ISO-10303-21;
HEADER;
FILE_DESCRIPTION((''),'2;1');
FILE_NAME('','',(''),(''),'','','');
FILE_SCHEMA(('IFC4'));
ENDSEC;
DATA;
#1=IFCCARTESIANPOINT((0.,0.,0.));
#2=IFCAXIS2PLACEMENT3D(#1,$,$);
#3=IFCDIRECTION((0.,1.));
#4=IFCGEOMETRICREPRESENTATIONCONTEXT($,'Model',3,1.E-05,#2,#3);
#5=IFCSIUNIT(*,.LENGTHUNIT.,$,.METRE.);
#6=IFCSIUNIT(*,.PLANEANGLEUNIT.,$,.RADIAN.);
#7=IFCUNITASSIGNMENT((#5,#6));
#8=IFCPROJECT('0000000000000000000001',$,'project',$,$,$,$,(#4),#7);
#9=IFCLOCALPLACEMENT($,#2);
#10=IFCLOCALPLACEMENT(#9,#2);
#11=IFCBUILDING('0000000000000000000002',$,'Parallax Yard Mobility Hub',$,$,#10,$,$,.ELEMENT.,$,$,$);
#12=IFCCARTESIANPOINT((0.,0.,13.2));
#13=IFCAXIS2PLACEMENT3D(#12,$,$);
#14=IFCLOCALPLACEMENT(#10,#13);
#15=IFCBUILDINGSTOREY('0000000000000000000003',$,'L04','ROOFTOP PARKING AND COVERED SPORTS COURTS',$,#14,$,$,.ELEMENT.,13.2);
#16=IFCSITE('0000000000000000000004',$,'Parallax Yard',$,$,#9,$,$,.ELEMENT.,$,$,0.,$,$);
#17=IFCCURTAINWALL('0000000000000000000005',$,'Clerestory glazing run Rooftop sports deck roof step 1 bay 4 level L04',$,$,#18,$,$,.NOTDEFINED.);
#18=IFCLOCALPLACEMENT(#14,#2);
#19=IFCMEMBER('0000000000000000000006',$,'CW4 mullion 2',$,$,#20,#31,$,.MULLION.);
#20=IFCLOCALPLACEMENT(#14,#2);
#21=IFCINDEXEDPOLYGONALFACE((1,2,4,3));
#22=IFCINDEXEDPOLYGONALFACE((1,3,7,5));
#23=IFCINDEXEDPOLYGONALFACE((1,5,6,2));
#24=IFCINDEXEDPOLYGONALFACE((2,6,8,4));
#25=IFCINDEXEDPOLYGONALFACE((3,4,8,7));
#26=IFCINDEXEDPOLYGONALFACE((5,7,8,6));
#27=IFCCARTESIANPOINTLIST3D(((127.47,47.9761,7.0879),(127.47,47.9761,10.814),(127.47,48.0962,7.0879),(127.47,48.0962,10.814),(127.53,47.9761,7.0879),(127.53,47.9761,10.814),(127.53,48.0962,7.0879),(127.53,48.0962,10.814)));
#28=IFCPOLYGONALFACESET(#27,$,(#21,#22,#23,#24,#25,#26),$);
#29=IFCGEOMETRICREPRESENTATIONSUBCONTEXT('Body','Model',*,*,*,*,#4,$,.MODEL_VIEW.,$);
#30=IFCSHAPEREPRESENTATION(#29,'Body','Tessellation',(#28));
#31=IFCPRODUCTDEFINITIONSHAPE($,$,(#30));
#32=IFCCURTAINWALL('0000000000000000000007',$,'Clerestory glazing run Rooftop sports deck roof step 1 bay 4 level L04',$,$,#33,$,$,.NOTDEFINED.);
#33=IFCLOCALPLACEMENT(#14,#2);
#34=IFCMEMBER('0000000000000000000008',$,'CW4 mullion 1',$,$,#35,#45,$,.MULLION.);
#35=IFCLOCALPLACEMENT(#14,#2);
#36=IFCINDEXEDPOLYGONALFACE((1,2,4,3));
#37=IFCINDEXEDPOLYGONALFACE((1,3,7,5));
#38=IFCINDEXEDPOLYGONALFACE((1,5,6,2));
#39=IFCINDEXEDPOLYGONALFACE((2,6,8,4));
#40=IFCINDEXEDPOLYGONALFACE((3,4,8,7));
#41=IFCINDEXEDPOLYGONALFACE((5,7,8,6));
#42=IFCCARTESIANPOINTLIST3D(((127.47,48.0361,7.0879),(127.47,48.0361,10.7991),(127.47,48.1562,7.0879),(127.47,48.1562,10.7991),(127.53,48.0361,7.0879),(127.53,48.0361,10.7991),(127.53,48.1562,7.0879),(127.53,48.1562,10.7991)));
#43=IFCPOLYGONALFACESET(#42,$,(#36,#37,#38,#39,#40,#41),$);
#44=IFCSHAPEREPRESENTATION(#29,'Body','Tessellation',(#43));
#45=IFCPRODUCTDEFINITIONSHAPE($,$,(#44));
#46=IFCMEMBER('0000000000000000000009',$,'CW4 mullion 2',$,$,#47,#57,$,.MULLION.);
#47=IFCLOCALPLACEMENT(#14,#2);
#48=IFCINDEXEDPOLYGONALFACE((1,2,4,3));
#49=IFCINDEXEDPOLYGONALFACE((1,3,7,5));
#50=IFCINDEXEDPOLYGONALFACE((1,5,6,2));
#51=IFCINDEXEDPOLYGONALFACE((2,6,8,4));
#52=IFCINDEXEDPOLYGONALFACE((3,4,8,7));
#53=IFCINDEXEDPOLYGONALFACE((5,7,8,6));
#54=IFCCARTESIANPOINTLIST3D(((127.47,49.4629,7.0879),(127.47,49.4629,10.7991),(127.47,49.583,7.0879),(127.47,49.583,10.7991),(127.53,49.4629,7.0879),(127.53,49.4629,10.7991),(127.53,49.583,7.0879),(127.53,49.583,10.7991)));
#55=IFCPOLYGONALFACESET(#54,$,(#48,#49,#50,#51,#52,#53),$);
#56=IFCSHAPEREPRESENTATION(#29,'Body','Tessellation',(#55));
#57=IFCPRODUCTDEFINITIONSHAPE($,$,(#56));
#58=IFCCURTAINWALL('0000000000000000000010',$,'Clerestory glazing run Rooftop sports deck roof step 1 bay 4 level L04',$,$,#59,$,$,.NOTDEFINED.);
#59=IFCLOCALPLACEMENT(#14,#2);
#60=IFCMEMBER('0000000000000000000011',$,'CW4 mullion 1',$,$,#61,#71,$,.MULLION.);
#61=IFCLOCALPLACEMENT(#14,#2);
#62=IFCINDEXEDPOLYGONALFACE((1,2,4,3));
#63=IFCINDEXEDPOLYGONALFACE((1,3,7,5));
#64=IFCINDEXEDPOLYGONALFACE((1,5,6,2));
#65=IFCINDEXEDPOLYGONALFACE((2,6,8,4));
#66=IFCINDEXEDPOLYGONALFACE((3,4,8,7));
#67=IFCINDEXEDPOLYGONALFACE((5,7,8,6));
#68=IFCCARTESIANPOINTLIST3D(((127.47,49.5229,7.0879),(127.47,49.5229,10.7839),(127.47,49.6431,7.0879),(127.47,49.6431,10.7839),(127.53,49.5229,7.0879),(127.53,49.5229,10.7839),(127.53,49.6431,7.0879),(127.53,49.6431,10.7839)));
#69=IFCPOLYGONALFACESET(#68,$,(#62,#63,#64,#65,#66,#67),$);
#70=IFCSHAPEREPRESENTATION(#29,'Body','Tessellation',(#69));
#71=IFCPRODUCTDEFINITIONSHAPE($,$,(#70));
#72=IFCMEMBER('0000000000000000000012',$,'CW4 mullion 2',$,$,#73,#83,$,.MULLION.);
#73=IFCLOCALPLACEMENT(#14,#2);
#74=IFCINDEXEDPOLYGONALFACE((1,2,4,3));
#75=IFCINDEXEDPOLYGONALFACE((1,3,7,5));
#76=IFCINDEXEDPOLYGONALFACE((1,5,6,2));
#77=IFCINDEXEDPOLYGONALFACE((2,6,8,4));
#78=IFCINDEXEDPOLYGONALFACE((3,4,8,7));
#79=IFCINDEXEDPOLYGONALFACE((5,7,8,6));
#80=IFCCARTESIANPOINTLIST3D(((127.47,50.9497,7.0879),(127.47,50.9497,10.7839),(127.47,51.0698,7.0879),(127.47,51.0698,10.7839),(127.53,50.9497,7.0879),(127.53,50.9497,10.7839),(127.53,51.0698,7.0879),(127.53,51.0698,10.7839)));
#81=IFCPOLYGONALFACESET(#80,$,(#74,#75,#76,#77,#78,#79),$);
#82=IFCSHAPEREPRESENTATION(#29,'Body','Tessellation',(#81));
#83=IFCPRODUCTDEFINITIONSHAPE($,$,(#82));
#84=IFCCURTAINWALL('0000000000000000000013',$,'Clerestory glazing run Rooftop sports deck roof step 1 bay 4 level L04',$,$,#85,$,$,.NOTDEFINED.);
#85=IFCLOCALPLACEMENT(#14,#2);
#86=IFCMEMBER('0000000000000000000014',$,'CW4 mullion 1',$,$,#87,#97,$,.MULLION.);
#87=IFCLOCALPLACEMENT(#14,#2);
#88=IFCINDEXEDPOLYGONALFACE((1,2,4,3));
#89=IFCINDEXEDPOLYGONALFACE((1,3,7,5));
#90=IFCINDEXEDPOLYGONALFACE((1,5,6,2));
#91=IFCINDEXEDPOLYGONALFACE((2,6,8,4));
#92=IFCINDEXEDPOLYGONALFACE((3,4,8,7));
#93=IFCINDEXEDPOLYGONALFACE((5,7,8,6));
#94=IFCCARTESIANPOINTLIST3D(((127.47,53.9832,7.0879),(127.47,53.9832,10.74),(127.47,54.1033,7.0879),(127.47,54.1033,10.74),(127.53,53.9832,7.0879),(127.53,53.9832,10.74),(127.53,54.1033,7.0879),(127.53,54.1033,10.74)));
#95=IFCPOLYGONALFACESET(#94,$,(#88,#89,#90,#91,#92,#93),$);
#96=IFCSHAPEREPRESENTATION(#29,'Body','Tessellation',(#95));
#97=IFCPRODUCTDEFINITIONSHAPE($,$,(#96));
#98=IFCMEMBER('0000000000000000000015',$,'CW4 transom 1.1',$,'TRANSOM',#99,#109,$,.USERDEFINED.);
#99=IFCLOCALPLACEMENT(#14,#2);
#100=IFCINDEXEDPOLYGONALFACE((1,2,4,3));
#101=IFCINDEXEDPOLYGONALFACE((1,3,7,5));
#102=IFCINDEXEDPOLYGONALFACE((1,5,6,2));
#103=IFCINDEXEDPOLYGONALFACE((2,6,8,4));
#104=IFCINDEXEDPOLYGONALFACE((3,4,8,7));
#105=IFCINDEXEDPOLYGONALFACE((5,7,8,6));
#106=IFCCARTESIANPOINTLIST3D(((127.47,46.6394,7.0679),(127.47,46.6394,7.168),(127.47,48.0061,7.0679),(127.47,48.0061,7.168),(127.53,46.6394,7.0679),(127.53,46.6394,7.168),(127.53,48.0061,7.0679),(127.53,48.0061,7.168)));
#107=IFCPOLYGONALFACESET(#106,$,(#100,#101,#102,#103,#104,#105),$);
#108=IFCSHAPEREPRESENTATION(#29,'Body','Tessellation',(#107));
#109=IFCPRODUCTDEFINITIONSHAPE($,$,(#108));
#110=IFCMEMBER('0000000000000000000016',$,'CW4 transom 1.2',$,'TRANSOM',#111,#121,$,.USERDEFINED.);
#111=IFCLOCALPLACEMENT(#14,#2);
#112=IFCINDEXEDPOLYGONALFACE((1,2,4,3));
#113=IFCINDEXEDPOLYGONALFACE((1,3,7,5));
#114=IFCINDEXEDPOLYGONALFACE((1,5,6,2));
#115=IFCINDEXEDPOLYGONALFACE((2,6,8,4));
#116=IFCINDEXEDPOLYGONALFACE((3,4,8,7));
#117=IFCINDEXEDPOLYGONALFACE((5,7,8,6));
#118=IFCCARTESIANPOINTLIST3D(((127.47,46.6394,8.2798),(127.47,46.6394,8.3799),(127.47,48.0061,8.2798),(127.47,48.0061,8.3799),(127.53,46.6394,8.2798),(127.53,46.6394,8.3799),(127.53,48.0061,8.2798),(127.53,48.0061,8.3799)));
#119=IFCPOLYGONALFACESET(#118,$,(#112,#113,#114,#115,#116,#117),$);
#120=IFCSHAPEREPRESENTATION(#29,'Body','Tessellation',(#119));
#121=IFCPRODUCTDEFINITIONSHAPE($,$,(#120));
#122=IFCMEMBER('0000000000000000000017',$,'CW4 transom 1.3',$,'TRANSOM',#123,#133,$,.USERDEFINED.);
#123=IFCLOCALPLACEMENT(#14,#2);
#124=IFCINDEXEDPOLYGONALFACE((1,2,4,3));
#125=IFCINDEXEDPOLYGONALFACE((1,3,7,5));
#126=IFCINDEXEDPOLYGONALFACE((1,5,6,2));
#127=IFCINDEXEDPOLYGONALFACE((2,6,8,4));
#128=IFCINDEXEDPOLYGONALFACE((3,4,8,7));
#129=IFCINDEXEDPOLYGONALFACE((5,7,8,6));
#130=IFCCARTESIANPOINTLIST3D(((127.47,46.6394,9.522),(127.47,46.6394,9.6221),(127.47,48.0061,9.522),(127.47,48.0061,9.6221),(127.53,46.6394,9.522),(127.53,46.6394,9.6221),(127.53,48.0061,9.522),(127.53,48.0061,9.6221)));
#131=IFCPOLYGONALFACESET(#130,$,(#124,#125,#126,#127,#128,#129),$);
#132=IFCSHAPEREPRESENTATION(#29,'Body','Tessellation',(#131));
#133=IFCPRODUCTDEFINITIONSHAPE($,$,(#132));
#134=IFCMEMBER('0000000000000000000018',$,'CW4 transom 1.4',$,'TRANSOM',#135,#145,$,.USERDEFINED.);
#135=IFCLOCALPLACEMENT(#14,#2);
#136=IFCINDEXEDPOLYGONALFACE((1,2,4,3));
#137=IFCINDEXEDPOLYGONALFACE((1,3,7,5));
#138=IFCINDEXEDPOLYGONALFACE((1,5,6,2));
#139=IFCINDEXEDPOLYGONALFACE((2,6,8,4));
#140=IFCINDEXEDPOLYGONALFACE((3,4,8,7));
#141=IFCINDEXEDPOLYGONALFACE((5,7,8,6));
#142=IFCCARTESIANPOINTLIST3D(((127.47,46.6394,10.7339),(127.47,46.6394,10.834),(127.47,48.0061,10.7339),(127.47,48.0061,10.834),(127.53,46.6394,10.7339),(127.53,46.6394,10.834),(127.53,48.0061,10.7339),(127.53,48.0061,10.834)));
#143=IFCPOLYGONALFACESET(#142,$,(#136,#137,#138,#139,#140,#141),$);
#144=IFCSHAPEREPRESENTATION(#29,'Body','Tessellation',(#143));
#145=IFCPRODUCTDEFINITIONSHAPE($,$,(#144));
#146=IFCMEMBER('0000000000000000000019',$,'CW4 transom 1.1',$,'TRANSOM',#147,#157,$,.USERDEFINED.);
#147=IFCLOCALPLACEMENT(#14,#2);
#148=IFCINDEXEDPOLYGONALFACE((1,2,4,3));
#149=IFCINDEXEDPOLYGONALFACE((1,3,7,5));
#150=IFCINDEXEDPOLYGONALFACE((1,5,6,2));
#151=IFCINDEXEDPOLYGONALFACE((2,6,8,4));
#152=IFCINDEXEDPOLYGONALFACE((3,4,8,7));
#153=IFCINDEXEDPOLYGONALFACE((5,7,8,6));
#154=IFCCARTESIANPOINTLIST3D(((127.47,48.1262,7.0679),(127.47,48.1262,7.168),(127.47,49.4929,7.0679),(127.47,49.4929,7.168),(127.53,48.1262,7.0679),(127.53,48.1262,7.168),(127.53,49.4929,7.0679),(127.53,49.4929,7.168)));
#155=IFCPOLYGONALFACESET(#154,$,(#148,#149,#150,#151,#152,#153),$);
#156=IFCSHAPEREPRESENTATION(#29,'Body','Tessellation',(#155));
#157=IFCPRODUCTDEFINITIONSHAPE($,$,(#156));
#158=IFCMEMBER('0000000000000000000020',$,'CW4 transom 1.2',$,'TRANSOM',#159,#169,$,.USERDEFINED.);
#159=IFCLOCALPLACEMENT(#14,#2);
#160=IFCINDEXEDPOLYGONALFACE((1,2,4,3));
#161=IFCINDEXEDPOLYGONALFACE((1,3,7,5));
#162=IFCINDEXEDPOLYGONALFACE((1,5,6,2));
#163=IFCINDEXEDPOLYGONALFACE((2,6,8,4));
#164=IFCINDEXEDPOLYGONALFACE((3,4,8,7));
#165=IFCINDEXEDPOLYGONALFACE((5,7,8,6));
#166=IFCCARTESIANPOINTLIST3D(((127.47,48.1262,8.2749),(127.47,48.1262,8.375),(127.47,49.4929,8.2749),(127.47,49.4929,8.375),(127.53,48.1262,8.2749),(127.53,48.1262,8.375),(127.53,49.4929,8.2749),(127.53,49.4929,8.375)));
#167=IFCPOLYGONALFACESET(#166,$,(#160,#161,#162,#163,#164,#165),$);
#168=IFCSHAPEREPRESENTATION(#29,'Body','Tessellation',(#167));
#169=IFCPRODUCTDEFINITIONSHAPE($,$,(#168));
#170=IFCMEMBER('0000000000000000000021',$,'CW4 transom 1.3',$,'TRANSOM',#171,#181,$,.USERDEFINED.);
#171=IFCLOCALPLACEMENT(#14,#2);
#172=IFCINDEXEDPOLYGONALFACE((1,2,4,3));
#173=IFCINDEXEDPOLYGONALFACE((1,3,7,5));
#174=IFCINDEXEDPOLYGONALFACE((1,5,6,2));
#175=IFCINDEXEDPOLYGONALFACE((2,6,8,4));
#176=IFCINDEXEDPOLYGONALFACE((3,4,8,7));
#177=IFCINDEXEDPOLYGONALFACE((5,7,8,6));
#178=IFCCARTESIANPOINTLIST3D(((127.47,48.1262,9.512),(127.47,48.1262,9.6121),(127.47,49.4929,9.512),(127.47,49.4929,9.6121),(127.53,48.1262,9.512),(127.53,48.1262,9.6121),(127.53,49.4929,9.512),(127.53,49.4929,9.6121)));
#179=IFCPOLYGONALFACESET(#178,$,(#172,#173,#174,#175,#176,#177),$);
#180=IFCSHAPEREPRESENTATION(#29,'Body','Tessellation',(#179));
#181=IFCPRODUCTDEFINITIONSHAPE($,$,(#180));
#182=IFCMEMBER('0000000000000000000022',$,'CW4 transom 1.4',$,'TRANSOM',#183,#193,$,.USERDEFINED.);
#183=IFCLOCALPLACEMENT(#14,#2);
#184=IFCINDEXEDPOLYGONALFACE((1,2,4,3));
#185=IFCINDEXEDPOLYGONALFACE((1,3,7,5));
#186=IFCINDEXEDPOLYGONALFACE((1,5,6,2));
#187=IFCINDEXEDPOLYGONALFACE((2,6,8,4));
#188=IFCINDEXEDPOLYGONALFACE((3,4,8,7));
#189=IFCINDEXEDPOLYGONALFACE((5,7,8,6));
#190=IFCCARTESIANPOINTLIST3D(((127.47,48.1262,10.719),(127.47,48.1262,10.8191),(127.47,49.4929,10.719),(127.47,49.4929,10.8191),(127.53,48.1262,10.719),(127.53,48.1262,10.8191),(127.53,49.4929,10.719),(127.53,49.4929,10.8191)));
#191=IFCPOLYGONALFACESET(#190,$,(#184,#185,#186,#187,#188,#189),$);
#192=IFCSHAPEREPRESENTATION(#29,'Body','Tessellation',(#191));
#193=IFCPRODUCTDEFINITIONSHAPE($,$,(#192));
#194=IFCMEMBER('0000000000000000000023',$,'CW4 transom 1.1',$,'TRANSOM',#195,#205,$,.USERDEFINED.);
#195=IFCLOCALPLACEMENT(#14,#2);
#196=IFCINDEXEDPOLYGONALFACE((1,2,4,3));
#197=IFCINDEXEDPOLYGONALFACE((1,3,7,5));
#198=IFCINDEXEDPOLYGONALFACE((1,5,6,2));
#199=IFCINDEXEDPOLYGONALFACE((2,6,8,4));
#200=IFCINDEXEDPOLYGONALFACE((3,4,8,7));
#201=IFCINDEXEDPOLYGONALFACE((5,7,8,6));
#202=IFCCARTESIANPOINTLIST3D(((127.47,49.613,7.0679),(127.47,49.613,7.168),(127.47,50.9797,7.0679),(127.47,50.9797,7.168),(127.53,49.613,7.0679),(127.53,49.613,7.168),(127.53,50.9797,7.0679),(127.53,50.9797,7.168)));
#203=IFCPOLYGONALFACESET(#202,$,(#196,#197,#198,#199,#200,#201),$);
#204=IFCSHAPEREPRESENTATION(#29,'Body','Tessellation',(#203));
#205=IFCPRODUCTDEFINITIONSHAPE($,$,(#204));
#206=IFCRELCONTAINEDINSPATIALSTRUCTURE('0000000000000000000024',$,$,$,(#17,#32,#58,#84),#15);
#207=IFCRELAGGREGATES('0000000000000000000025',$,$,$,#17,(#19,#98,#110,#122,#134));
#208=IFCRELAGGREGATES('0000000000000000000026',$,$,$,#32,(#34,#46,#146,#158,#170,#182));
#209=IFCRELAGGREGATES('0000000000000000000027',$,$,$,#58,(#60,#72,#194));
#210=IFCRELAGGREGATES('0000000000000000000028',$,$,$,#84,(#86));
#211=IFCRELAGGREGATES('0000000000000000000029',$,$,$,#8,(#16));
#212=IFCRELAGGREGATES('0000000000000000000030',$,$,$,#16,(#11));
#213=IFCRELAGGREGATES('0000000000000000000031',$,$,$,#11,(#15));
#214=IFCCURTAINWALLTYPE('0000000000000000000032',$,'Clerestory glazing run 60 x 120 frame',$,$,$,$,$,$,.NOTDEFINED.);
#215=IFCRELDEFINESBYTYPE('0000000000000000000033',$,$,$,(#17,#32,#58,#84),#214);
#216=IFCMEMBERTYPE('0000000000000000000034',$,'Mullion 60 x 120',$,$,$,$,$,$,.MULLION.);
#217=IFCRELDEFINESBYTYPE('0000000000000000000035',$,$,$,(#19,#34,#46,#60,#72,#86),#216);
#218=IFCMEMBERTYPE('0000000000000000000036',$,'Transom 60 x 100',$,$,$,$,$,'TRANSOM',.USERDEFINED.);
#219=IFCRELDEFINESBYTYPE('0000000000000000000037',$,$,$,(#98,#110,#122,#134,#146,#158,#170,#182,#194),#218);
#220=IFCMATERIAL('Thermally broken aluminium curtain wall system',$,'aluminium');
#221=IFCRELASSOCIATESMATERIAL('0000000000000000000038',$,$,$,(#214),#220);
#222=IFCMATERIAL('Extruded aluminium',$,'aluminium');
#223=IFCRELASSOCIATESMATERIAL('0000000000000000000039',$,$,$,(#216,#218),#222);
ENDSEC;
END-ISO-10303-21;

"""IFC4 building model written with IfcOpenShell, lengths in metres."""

from ifc_helpers import new_model, si_unit, direction, frame, origin, origin_2d, place, context, subcontext, project, spatial, rectangle, extrude, material, material_profile, profile_set, type_object, element, aggregate, save


model = new_model("IFC4")

# Units and contexts
model_context = context("Model", 3, precision=1e-05, world=origin(), true_north=direction((0.0, 1.0)))
body_context = subcontext(model_context, "Body", "Model", "MODEL_VIEW")
ifc_project = project(units=[si_unit("LENGTHUNIT", "METRE"), si_unit("PLANEANGLEUNIT", "RADIAN")], contexts=[model_context])

# Site, building, storey
site_placement = place(None, origin())
site = spatial("IfcSite", under=ifc_project, at=site_placement, Name="Parallax Yard", CompositionType="ELEMENT", RefElevation=0.0)
building_placement = place(site_placement, origin())
building = spatial("IfcBuilding", under=site, at=building_placement, Name="Parallax Yard Mobility Hub", CompositionType="ELEMENT")
storey_placement = place(building_placement, frame((0.0, 0.0, 13.2)))
storey = spatial("IfcBuildingStorey", under=building, at=storey_placement, Name="L04", Description="ROOFTOP PARKING AND COVERED SPORTS COURTS", CompositionType="ELEMENT", Elevation=13.2)

# Curtain wall, member
ifc_material_1 = material(Name="Thermally broken aluminium curtain wall system", Category="aluminium")
curtain_wall_type = type_object("IfcCurtainWallType", Name="Clerestory glazing run 60 x 120 frame", PredefinedType="NOTDEFINED", material=ifc_material_1)
curtain_wall_1_placement = place(storey_placement, origin())
curtain_wall_1 = element("IfcCurtainWall", 1, at=curtain_wall_1_placement, inside=storey, type_object=curtain_wall_type, Name="Clerestory glazing run Rooftop sports deck roof step 1 bay 4 level L04", PredefinedType="NOTDEFINED")
ifc_material_2 = material(Name="Extruded aluminium", Category="aluminium")
ifc_material_profile_1 = material_profile(ifc_material_2, rectangle(XDim=0.0601, YDim=0.1201, at=origin_2d()), Name="Mullion 60 x 120")
ifc_profile_set_1 = profile_set([ifc_material_profile_1], Name="Extruded aluminium")
member_type_1 = type_object("IfcMemberType", Name="Mullion 60 x 120", PredefinedType="MULLION", material=ifc_profile_set_1)
member_1_placement = place(storey_placement, frame((127.5, 48.0361, 7.0879), z_axis=(0.0, 0.0, 1.0), x_axis=(-1.0, 0.0, 0.0)))
member_1 = element("IfcMember", 2, at=member_1_placement, type_object=member_type_1, Name="CW4 mullion 2", PredefinedType="MULLION", context=body_context, shape_type="SweptSolid", body=[
    extrude(rectangle(XDim=0.0601, YDim=0.1201, at=origin_2d()), origin(), (0.0, 0.0, 1.0), 3.7261),
])

# Curtain walls, members
curtain_wall_2_placement = place(storey_placement, origin())
curtain_wall_2 = element("IfcCurtainWall", 3, at=curtain_wall_2_placement, inside=storey, type_object=curtain_wall_type, Name="Clerestory glazing run Rooftop sports deck roof step 1 bay 4 level L04", PredefinedType="NOTDEFINED")
member_2_placement = place(storey_placement, frame((127.5, 48.0962, 7.0879), z_axis=(0.0, 0.0, 1.0), x_axis=(-1.0, 0.0, 0.0)))
member_2 = element("IfcMember", 4, at=member_2_placement, type_object=member_type_1, Name="CW4 mullion 1", PredefinedType="MULLION", context=body_context, shape_type="SweptSolid", body=[
    extrude(rectangle(XDim=0.0601, YDim=0.1201, at=origin_2d()), origin(), (0.0, 0.0, 1.0), 3.7112),
])
member_3_placement = place(storey_placement, frame((127.5, 49.5229, 7.0879), z_axis=(0.0, 0.0, 1.0), x_axis=(-1.0, 0.0, 0.0)))
member_3 = element("IfcMember", 5, at=member_3_placement, type_object=member_type_1, Name="CW4 mullion 2", PredefinedType="MULLION", context=body_context, shape_type="SweptSolid", body=[
    extrude(rectangle(XDim=0.0601, YDim=0.1201, at=origin_2d()), origin(), (0.0, 0.0, 1.0), 3.7112),
])
curtain_wall_3_placement = place(storey_placement, origin())
curtain_wall_3 = element("IfcCurtainWall", 6, at=curtain_wall_3_placement, inside=storey, type_object=curtain_wall_type, Name="Clerestory glazing run Rooftop sports deck roof step 1 bay 4 level L04", PredefinedType="NOTDEFINED")
member_4_placement = place(storey_placement, frame((127.5, 49.583, 7.0879), z_axis=(0.0, 0.0, 1.0), x_axis=(-1.0, 0.0, 0.0)))
member_4 = element("IfcMember", 7, at=member_4_placement, type_object=member_type_1, Name="CW4 mullion 1", PredefinedType="MULLION", context=body_context, shape_type="SweptSolid", body=[
    extrude(rectangle(XDim=0.0601, YDim=0.1201, at=origin_2d()), origin(), (0.0, 0.0, 1.0), 3.696),
])
member_5_placement = place(storey_placement, frame((127.5, 51.0098, 7.0879), z_axis=(0.0, 0.0, 1.0), x_axis=(-1.0, 0.0, 0.0)))
member_5 = element("IfcMember", 8, at=member_5_placement, type_object=member_type_1, Name="CW4 mullion 2", PredefinedType="MULLION", context=body_context, shape_type="SweptSolid", body=[
    extrude(rectangle(XDim=0.0601, YDim=0.1201, at=origin_2d()), origin(), (0.0, 0.0, 1.0), 3.696),
])

# Curtain wall, member
curtain_wall_4_placement = place(storey_placement, origin())
curtain_wall_4 = element("IfcCurtainWall", 9, at=curtain_wall_4_placement, inside=storey, type_object=curtain_wall_type, Name="Clerestory glazing run Rooftop sports deck roof step 1 bay 4 level L04", PredefinedType="NOTDEFINED")
member_6_placement = place(storey_placement, frame((127.5, 54.0432, 7.0879), z_axis=(0.0, 0.0, 1.0), x_axis=(-1.0, 0.0, 0.0)))
member_6 = element("IfcMember", 10, at=member_6_placement, type_object=member_type_1, Name="CW4 mullion 1", PredefinedType="MULLION", context=body_context, shape_type="SweptSolid", body=[
    extrude(rectangle(XDim=0.0601, YDim=0.1201, at=origin_2d()), origin(), (0.0, 0.0, 1.0), 3.6521),
])

# Members
ifc_material_profile_2 = material_profile(ifc_material_2, rectangle(XDim=0.0601, YDim=0.1001, at=origin_2d()), Name="Transom 60 x 100")
ifc_profile_set_2 = profile_set([ifc_material_profile_2], Name="Extruded aluminium")
member_type_2 = type_object("IfcMemberType", Name="Transom 60 x 100", ElementType="TRANSOM", PredefinedType="USERDEFINED", material=ifc_profile_set_2)
member_7_placement = place(storey_placement, frame((127.5, 46.6394, 7.1179), z_axis=(0.0, 1.0, 0.0), x_axis=(-1.0, 0.0, 0.0)))
member_7 = element("IfcMember", 11, at=member_7_placement, type_object=member_type_2, Name="CW4 transom 1.1", ObjectType="TRANSOM", PredefinedType="USERDEFINED", context=body_context, shape_type="SweptSolid", body=[
    extrude(rectangle(XDim=0.0601, YDim=0.1001, at=origin_2d()), origin(), (0.0, 0.0, 1.0), 1.3667),
])
member_8_placement = place(storey_placement, frame((127.5, 46.6394, 8.3298), z_axis=(0.0, 1.0, 0.0), x_axis=(-1.0, 0.0, 0.0)))
member_8 = element("IfcMember", 12, at=member_8_placement, type_object=member_type_2, Name="CW4 transom 1.2", ObjectType="TRANSOM", PredefinedType="USERDEFINED", context=body_context, shape_type="SweptSolid", body=[
    extrude(rectangle(XDim=0.0601, YDim=0.1001, at=origin_2d()), origin(), (0.0, 0.0, 1.0), 1.3667),
])
member_9_placement = place(storey_placement, frame((127.5, 46.6394, 9.572), z_axis=(0.0, 1.0, 0.0), x_axis=(-1.0, 0.0, 0.0)))
member_9 = element("IfcMember", 13, at=member_9_placement, type_object=member_type_2, Name="CW4 transom 1.3", ObjectType="TRANSOM", PredefinedType="USERDEFINED", context=body_context, shape_type="SweptSolid", body=[
    extrude(rectangle(XDim=0.0601, YDim=0.1001, at=origin_2d()), origin(), (0.0, 0.0, 1.0), 1.3667),
])
member_10_placement = place(storey_placement, frame((127.5, 46.6394, 10.7839), z_axis=(0.0, 1.0, 0.0), x_axis=(-1.0, 0.0, 0.0)))
member_10 = element("IfcMember", 14, at=member_10_placement, type_object=member_type_2, Name="CW4 transom 1.4", ObjectType="TRANSOM", PredefinedType="USERDEFINED", context=body_context, shape_type="SweptSolid", body=[
    extrude(rectangle(XDim=0.0601, YDim=0.1001, at=origin_2d()), origin(), (0.0, 0.0, 1.0), 1.3667),
])
member_11_placement = place(storey_placement, frame((127.5, 48.1262, 7.1179), z_axis=(0.0, 1.0, 0.0), x_axis=(-1.0, 0.0, 0.0)))
member_11 = element("IfcMember", 15, at=member_11_placement, type_object=member_type_2, Name="CW4 transom 1.1", ObjectType="TRANSOM", PredefinedType="USERDEFINED", context=body_context, shape_type="SweptSolid", body=[
    extrude(rectangle(XDim=0.0601, YDim=0.1001, at=origin_2d()), origin(), (0.0, 0.0, 1.0), 1.3667),
])
member_12_placement = place(storey_placement, frame((127.5, 48.1262, 8.325), z_axis=(0.0, 1.0, 0.0), x_axis=(-1.0, 0.0, 0.0)))
member_12 = element("IfcMember", 16, at=member_12_placement, type_object=member_type_2, Name="CW4 transom 1.2", ObjectType="TRANSOM", PredefinedType="USERDEFINED", context=body_context, shape_type="SweptSolid", body=[
    extrude(rectangle(XDim=0.0601, YDim=0.1001, at=origin_2d()), origin(), (0.0, 0.0, 1.0), 1.3667),
])
member_13_placement = place(storey_placement, frame((127.5, 48.1262, 9.562), z_axis=(0.0, 1.0, 0.0), x_axis=(-1.0, 0.0, 0.0)))
member_13 = element("IfcMember", 17, at=member_13_placement, type_object=member_type_2, Name="CW4 transom 1.3", ObjectType="TRANSOM", PredefinedType="USERDEFINED", context=body_context, shape_type="SweptSolid", body=[
    extrude(rectangle(XDim=0.0601, YDim=0.1001, at=origin_2d()), origin(), (0.0, 0.0, 1.0), 1.3667),
])
member_14_placement = place(storey_placement, frame((127.5, 48.1262, 10.769), z_axis=(0.0, 1.0, 0.0), x_axis=(-1.0, 0.0, 0.0)))
member_14 = element("IfcMember", 18, at=member_14_placement, type_object=member_type_2, Name="CW4 transom 1.4", ObjectType="TRANSOM", PredefinedType="USERDEFINED", context=body_context, shape_type="SweptSolid", body=[
    extrude(rectangle(XDim=0.0601, YDim=0.1001, at=origin_2d()), origin(), (0.0, 0.0, 1.0), 1.3667),
])
member_15_placement = place(storey_placement, frame((127.5, 49.613, 7.1179), z_axis=(0.0, 1.0, 0.0), x_axis=(-1.0, 0.0, 0.0)))
member_15 = element("IfcMember", 19, at=member_15_placement, type_object=member_type_2, Name="CW4 transom 1.1", ObjectType="TRANSOM", PredefinedType="USERDEFINED", context=body_context, shape_type="SweptSolid", body=[
    extrude(rectangle(XDim=0.0601, YDim=0.1001, at=origin_2d()), origin(), (0.0, 0.0, 1.0), 1.3667),
])

aggregate(curtain_wall_1, [member_1, member_7, member_8, member_9, member_10])
aggregate(curtain_wall_2, [member_2, member_3, member_11, member_12, member_13, member_14])
aggregate(curtain_wall_3, [member_4, member_5, member_15])
aggregate(curtain_wall_4, [member_6])

save(model, "model.ifc")
